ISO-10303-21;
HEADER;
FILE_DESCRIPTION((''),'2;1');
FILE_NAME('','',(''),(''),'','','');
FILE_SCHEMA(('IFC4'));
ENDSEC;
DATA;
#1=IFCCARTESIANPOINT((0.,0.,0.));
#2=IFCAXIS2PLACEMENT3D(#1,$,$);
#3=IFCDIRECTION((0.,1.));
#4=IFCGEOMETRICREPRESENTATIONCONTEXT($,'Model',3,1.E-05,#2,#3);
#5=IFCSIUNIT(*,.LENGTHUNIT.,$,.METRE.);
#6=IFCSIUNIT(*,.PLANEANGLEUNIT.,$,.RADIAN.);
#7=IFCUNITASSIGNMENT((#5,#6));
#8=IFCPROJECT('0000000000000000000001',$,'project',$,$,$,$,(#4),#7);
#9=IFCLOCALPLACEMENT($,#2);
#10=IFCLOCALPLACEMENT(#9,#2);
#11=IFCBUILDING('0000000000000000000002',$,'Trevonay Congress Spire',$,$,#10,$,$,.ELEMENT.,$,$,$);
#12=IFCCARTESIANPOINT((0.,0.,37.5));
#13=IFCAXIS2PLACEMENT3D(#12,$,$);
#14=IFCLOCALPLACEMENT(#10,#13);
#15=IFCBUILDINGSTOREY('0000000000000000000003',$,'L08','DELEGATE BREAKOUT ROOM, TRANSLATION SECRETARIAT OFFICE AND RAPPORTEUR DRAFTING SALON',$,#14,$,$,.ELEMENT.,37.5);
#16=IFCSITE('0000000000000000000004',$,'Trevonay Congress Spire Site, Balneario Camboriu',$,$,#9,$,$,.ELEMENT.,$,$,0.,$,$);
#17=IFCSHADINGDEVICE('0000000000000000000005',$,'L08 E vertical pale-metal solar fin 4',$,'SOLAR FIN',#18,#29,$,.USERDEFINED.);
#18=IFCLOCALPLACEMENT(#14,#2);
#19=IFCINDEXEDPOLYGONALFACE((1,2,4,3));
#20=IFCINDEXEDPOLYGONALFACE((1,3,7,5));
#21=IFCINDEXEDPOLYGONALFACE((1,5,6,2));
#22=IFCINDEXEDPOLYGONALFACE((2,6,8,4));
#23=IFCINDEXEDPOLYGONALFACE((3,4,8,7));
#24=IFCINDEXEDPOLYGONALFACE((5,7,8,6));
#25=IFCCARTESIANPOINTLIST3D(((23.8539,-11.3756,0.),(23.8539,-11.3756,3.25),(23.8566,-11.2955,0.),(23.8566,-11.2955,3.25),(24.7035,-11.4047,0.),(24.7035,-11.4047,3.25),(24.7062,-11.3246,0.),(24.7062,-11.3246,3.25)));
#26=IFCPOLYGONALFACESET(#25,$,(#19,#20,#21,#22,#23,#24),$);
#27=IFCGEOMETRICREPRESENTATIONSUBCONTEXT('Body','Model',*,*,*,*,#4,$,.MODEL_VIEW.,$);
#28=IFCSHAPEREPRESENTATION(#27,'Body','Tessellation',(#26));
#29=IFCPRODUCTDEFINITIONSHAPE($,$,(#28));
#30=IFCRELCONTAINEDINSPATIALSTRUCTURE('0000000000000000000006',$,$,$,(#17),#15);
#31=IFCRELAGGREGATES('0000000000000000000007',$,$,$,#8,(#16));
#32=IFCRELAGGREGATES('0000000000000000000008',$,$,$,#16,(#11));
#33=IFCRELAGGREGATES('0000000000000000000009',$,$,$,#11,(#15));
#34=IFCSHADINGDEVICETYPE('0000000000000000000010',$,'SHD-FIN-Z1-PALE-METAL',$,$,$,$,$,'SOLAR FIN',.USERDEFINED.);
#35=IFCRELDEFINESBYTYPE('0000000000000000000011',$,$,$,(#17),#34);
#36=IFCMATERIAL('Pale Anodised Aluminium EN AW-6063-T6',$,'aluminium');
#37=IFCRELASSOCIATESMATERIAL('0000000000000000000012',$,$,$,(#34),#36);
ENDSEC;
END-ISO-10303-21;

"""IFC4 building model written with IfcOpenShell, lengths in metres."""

from ifc_helpers import new_model, si_unit, direction, frame, origin, origin_2d, place, context, subcontext, project, spatial, rectangle, extrude, material, type_object, element, save


model = new_model("IFC4")

# Units and contexts
model_context = context("Model", 3, precision=1e-05, world=origin(), true_north=direction((0.0, 1.0)))
body_context = subcontext(model_context, "Body", "Model", "MODEL_VIEW")
ifc_project = project(units=[si_unit("LENGTHUNIT", "METRE"), si_unit("PLANEANGLEUNIT", "RADIAN")], contexts=[model_context])

# Site, building, storey
site_placement = place(None, origin())
site = spatial("IfcSite", under=ifc_project, at=site_placement, Name="Trevonay Congress Spire Site, Balneario Camboriu", CompositionType="ELEMENT", RefElevation=0.0)
building_placement = place(site_placement, origin())
building = spatial("IfcBuilding", under=site, at=building_placement, Name="Trevonay Congress Spire", CompositionType="ELEMENT")
storey_placement = place(building_placement, frame((0.0, 0.0, 37.5)))
storey = spatial("IfcBuildingStorey", under=building, at=storey_placement, Name="L08", Description="DELEGATE BREAKOUT ROOM, TRANSLATION SECRETARIAT OFFICE AND RAPPORTEUR DRAFTING SALON", CompositionType="ELEMENT", Elevation=37.5)

# Shared definitions
ifc_material_1 = material(Name="Pale Anodised Aluminium EN AW-6063-T6", Category="aluminium")

# Shading device
shading_device_type = type_object("IfcShadingDeviceType", Name="SHD-FIN-Z1-PALE-METAL", ElementType="SOLAR FIN", PredefinedType="USERDEFINED", material=ifc_material_1)
for number, where, z_axis, x_axis, name in (
    (1, (24.28, -11.3501, 0.0), (0.0, 0.0, 1.0), (0.034202, 0.999415, 0.0), "L08 E vertical pale-metal solar fin 4"),
):
    element("IfcShadingDevice", number, at=place(storey_placement, frame(where, z_axis=z_axis, x_axis=x_axis)), inside=storey, type_object=shading_device_type, Name=name, ObjectType="SOLAR FIN", PredefinedType="USERDEFINED", context=body_context, shape_type="SweptSolid", body=[
        extrude(rectangle(XDim=0.0801, YDim=0.8501, at=origin_2d()), origin(), (0.0, 0.0, 1.0), 3.25),
    ])

save(model, "model.ifc")
